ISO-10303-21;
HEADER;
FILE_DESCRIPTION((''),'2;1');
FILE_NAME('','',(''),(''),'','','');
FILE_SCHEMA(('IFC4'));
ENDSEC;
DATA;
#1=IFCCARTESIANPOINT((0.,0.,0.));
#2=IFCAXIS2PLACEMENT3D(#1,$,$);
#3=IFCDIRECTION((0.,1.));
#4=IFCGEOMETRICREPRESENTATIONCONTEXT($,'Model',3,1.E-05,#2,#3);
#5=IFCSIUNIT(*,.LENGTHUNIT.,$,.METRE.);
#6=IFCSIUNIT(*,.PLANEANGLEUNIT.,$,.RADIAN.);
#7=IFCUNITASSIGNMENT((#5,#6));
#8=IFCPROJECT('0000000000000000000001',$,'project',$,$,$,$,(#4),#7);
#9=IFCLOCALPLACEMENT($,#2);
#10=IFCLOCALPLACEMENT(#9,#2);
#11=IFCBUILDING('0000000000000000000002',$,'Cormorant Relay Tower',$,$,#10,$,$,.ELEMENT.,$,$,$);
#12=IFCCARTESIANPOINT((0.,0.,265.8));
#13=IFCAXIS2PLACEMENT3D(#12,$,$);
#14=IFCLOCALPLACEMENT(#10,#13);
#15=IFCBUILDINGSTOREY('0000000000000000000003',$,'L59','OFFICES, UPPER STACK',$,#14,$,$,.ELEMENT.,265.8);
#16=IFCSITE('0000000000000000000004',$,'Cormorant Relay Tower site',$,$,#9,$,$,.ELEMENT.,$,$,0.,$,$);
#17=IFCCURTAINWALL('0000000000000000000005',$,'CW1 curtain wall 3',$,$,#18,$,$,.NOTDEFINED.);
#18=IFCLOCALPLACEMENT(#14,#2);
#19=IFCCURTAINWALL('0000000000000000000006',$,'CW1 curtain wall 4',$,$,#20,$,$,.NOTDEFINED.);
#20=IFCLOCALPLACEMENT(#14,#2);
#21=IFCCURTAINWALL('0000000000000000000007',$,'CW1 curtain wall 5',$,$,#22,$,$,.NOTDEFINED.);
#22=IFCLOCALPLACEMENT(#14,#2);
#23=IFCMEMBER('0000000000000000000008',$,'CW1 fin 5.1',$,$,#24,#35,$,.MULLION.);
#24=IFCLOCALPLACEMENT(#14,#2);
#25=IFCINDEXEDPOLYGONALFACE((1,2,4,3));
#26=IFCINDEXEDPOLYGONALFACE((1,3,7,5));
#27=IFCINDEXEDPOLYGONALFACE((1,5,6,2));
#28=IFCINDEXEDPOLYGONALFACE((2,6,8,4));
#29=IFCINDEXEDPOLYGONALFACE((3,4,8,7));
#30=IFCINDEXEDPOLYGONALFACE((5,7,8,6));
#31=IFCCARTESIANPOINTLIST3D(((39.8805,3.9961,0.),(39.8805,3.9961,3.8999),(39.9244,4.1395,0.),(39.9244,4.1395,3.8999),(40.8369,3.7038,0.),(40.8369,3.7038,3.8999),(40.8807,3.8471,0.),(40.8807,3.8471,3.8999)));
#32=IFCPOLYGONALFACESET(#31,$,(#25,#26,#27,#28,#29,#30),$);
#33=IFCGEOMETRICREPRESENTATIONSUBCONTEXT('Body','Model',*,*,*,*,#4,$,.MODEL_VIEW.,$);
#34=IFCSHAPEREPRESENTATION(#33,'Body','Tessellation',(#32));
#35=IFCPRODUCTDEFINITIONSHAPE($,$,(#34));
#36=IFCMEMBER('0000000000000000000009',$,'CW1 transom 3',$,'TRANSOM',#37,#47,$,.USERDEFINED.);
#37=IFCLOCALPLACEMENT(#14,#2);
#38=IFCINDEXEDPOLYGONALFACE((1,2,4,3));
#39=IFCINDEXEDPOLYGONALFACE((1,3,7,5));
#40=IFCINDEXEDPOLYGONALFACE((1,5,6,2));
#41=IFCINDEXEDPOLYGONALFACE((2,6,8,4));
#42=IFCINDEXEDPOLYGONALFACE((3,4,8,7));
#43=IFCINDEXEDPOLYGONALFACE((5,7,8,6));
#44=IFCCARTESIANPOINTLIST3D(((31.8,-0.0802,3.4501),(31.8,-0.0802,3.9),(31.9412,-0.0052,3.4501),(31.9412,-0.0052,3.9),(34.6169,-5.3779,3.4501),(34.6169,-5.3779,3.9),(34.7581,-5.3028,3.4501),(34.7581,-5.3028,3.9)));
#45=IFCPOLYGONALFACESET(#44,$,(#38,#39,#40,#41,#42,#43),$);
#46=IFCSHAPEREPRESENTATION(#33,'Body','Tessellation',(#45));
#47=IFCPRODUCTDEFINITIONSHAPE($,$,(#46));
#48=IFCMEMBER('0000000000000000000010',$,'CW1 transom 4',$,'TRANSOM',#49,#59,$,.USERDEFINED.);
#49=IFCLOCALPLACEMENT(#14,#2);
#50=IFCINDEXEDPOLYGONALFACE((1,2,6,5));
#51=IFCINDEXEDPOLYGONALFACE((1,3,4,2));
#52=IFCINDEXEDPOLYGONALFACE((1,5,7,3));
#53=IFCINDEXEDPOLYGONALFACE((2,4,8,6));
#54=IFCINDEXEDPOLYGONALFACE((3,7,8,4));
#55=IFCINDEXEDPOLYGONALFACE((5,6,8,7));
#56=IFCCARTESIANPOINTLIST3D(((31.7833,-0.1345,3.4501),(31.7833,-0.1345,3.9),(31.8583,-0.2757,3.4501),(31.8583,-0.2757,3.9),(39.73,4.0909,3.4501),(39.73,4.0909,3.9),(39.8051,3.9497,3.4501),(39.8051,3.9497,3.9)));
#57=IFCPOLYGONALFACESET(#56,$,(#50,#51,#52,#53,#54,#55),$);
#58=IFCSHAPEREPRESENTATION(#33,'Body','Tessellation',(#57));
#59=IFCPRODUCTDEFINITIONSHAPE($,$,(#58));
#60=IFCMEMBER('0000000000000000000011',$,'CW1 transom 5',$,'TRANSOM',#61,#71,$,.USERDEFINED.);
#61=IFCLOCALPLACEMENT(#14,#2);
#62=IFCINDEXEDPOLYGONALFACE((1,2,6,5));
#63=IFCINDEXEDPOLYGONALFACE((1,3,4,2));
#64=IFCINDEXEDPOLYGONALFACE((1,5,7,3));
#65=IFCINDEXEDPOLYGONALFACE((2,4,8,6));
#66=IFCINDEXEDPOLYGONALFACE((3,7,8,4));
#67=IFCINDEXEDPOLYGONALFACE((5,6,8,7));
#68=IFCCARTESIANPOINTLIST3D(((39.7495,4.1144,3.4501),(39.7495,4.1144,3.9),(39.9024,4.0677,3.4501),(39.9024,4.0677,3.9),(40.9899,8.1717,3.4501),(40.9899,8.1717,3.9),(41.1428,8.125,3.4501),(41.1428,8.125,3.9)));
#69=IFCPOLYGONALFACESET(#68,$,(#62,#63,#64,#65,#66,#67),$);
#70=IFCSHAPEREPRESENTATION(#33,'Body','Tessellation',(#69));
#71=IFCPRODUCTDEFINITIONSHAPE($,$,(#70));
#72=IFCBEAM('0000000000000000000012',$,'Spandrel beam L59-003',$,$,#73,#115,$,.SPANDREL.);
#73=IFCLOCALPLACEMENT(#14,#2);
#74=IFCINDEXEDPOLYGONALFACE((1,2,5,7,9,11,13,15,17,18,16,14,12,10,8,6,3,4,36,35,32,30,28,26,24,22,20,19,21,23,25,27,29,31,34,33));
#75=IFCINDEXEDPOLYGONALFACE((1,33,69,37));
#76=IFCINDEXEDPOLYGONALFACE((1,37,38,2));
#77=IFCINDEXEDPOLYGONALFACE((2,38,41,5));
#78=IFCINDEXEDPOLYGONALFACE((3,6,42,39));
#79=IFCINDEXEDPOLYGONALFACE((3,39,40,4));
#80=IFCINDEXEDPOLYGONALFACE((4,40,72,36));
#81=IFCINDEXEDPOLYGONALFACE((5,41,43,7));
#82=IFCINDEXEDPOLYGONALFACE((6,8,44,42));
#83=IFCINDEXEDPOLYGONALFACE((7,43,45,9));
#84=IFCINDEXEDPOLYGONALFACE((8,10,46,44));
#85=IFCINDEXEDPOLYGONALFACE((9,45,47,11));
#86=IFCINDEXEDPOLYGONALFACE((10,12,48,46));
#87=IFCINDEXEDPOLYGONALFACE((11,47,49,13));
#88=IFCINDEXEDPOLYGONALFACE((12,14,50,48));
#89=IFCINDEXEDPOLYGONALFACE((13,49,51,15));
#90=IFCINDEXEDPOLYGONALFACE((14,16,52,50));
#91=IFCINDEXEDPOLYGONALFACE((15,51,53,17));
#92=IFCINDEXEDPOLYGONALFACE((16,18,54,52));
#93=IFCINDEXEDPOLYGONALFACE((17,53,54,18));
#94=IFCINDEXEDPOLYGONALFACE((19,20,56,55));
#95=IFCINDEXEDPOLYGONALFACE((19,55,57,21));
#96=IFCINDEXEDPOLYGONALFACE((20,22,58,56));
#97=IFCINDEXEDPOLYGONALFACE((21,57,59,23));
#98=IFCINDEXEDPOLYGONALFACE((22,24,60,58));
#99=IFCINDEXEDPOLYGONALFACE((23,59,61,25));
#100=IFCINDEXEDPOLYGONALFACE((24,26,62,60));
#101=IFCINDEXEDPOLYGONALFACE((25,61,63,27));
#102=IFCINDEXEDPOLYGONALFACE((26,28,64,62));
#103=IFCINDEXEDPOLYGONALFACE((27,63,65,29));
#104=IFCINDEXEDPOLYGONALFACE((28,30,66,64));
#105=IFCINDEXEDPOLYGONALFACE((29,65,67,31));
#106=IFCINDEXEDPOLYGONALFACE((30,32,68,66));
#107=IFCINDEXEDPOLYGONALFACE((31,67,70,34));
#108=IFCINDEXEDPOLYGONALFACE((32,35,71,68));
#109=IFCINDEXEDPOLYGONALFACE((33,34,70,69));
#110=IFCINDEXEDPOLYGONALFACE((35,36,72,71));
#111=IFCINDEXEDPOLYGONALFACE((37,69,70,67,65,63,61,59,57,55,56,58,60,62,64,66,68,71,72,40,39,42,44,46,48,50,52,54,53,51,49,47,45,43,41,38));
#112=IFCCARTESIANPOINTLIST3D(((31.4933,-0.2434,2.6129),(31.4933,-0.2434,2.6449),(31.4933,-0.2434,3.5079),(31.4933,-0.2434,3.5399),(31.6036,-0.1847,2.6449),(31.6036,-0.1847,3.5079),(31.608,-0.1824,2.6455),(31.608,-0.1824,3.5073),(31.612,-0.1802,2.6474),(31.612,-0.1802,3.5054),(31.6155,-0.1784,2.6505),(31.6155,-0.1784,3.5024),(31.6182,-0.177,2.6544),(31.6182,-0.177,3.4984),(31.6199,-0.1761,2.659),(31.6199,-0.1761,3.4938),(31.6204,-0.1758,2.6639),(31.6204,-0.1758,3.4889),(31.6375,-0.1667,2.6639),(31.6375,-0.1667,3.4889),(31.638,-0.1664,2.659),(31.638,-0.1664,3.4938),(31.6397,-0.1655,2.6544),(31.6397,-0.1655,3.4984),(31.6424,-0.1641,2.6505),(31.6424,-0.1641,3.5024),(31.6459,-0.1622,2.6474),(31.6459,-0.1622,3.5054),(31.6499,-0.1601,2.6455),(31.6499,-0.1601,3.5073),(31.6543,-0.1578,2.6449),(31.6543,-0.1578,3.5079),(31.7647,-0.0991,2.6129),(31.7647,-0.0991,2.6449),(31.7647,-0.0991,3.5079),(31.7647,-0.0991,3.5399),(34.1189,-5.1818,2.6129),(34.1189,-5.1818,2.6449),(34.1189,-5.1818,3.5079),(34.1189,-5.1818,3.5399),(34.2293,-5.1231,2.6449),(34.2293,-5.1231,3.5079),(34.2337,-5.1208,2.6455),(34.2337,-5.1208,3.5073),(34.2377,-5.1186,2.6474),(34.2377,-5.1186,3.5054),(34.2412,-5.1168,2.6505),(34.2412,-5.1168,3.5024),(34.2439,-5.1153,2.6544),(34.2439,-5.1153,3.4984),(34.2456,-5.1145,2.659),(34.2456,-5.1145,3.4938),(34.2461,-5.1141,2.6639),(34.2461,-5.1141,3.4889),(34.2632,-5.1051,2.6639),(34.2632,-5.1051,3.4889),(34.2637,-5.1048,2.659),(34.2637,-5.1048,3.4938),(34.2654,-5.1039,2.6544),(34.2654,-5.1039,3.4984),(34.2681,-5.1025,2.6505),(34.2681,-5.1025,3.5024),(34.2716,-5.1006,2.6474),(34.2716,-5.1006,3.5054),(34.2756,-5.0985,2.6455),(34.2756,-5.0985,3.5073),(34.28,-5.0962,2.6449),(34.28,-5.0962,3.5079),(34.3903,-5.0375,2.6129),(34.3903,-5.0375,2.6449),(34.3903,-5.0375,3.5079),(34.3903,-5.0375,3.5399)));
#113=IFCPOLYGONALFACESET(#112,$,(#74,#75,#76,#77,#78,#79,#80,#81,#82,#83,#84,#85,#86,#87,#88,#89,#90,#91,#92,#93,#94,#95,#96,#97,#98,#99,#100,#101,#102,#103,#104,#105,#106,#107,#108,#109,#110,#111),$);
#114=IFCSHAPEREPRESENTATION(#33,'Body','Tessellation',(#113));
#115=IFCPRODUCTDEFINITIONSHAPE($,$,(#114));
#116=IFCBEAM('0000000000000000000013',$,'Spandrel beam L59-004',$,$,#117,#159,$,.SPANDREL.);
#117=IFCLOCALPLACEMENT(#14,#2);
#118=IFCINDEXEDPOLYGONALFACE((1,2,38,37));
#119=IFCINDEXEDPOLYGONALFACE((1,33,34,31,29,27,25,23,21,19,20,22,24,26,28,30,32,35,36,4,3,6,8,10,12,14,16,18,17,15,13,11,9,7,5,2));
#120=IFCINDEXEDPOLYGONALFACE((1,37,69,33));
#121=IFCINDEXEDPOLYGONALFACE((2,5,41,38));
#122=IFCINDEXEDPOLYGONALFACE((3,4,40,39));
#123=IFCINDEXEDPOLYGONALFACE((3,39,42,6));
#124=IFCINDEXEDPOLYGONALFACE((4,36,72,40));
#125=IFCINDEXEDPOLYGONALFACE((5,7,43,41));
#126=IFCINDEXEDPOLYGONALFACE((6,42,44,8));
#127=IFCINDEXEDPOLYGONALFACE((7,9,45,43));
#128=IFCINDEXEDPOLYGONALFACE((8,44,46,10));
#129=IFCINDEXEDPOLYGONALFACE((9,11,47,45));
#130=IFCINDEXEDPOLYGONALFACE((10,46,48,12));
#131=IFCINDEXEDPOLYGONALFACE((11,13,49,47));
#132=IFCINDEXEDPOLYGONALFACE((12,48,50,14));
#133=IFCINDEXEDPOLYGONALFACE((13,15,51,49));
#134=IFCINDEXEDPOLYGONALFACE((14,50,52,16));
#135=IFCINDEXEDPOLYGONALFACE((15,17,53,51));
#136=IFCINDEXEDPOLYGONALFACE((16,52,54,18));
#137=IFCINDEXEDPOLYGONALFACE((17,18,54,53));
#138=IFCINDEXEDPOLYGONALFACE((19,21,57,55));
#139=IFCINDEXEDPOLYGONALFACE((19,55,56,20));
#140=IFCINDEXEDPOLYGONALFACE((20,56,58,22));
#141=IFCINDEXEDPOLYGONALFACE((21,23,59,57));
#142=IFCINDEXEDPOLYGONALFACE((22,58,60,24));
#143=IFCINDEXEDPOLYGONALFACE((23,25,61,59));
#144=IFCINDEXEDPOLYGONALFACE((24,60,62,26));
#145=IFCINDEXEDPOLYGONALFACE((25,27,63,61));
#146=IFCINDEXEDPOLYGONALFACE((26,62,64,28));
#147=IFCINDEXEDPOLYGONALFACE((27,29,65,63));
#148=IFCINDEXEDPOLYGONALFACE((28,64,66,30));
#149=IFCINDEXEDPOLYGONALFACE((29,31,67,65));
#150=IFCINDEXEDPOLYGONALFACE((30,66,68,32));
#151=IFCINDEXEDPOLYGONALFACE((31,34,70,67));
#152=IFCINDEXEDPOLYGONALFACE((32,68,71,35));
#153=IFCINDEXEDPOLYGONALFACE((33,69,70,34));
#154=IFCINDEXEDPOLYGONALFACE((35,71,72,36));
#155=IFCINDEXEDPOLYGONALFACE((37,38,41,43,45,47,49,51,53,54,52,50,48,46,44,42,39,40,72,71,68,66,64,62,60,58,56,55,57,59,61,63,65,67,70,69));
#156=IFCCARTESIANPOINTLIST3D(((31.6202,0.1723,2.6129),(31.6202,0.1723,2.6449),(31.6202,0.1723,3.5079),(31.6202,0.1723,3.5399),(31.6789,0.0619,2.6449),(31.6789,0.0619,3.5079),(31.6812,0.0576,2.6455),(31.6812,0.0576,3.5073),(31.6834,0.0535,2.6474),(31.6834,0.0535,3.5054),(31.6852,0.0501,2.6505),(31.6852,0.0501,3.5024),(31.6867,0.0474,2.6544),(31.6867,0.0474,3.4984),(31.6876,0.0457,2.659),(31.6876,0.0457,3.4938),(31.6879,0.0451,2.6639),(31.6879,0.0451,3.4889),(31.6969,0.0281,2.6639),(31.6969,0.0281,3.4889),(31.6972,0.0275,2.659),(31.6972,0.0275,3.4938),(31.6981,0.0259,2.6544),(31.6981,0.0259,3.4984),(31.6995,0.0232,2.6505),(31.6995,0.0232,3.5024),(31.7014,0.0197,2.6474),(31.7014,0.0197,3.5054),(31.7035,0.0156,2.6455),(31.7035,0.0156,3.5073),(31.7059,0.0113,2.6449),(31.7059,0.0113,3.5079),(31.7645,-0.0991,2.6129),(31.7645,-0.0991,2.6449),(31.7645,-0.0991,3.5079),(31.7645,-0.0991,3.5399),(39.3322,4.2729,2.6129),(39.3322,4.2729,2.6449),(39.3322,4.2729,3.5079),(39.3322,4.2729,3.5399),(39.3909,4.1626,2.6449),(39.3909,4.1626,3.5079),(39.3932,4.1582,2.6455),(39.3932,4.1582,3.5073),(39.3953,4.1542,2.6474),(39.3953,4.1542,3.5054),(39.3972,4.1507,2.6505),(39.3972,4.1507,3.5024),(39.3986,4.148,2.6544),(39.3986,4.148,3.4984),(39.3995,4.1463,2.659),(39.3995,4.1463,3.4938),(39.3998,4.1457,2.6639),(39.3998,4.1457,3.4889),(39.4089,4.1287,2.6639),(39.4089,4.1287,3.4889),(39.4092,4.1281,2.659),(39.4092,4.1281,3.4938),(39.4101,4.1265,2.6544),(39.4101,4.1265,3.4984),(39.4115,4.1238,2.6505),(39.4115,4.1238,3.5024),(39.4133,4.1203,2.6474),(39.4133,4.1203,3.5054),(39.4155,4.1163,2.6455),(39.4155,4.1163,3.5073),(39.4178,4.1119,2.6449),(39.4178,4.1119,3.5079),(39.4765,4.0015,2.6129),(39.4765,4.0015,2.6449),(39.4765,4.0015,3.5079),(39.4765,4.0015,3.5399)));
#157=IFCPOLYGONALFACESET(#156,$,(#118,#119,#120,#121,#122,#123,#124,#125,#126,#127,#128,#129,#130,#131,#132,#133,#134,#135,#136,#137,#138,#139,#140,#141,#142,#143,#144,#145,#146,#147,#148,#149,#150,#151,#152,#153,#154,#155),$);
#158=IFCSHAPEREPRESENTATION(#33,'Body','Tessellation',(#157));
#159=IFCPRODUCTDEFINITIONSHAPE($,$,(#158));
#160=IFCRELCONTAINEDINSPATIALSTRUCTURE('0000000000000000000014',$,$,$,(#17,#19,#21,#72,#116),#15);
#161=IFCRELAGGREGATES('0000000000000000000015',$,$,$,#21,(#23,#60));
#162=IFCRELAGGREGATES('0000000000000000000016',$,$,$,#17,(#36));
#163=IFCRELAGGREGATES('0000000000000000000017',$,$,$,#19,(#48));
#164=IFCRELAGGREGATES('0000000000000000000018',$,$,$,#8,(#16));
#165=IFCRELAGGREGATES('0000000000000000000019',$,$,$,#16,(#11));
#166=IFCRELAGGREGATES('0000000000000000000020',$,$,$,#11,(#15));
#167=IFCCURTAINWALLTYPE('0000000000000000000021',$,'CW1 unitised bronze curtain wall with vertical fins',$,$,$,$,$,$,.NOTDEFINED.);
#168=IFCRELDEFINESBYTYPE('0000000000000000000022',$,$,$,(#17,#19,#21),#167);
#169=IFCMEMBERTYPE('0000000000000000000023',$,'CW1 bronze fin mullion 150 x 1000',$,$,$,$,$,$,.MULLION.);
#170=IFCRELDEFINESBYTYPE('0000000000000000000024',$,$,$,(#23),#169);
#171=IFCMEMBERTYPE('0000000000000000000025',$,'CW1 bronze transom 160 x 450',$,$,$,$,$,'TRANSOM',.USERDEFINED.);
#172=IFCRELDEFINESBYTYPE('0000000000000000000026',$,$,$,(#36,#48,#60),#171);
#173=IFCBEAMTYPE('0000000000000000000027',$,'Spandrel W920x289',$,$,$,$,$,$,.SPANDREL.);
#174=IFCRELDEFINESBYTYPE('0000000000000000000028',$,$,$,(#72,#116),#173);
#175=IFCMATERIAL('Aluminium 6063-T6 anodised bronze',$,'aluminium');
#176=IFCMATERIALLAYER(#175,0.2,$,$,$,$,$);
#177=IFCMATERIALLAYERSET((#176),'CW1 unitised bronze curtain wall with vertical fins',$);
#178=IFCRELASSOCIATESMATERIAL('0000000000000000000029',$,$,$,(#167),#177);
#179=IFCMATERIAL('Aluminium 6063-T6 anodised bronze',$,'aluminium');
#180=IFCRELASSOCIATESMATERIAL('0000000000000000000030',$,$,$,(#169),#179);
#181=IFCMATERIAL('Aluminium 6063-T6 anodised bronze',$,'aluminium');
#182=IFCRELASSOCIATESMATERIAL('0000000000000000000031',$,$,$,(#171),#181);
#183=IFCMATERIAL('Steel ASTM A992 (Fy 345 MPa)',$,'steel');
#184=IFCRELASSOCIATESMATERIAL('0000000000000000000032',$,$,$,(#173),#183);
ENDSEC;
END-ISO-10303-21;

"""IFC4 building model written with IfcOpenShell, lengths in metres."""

from ifc_helpers import new_model, si_unit, direction, frame, origin, origin_2d, place, context, subcontext, project, spatial, rectangle, i_section, extrude, material, layer, layer_set, material_profile, profile_set, type_object, element, aggregate, save


model = new_model("IFC4")

# Units and contexts
model_context = context("Model", 3, precision=1e-05, world=origin(), true_north=direction((0.0, 1.0)))
body_context = subcontext(model_context, "Body", "Model", "MODEL_VIEW")
ifc_project = project(units=[si_unit("LENGTHUNIT", "METRE"), si_unit("PLANEANGLEUNIT", "RADIAN")], contexts=[model_context])

# Site, building, storey
site_placement = place(None, origin())
site = spatial("IfcSite", under=ifc_project, at=site_placement, Name="Cormorant Relay Tower site", CompositionType="ELEMENT", RefElevation=0.0)
building_placement = place(site_placement, origin())
building = spatial("IfcBuilding", under=site, at=building_placement, Name="Cormorant Relay Tower", CompositionType="ELEMENT")
storey_placement = place(building_placement, frame((0.0, 0.0, 265.8)))
storey = spatial("IfcBuildingStorey", under=building, at=storey_placement, Name="L59", Description="OFFICES, UPPER STACK", CompositionType="ELEMENT", Elevation=265.8)

# Curtain wall
ifc_material_1 = material(Name="Aluminium 6063-T6 anodised bronze", Category="aluminium")
ifc_layer_1 = layer(ifc_material_1, 0.2)
ifc_layer_set_1 = layer_set([ifc_layer_1], Name="CW1 unitised bronze curtain wall with vertical fins")
curtain_wall_type = type_object("IfcCurtainWallType", Name="CW1 unitised bronze curtain wall with vertical fins", PredefinedType="NOTDEFINED", material=ifc_layer_set_1)
ifc_material_2 = material(Name="Aluminium 6063-T6 anodised bronze", Category="aluminium")
ifc_material_profile_1 = material_profile(ifc_material_2, rectangle(XDim=0.1499, YDim=1.0, at=origin_2d()), Name="AL 150x1000")
ifc_profile_set_1 = profile_set([ifc_material_profile_1], Name="Aluminium 6063-T6 anodised bronze")
member_type_1 = type_object("IfcMemberType", Name="CW1 bronze fin mullion 150 x 1000", PredefinedType="MULLION", material=ifc_profile_set_1)
curtain_wall_1_placement = place(storey_placement, origin())
curtain_wall_1 = element("IfcCurtainWall", 1, at=curtain_wall_1_placement, inside=storey, type_object=curtain_wall_type, Name="CW1 curtain wall 3", PredefinedType="NOTDEFINED")

# Curtain wall
curtain_wall_2_placement = place(storey_placement, origin())
curtain_wall_2 = element("IfcCurtainWall", 2, at=curtain_wall_2_placement, inside=storey, type_object=curtain_wall_type, Name="CW1 curtain wall 4", PredefinedType="NOTDEFINED")

# Curtain wall, member
curtain_wall_3_placement = place(storey_placement, origin())
curtain_wall_3 = element("IfcCurtainWall", 3, at=curtain_wall_3_placement, inside=storey, type_object=curtain_wall_type, Name="CW1 curtain wall 5", PredefinedType="NOTDEFINED")
member_1_placement = place(storey_placement, frame((40.3806, 3.9216, 0.0), z_axis=(0.0, 0.0, 1.0), x_axis=(0.292372, 0.956305, 0.0)))
member_1 = element("IfcMember", 4, at=member_1_placement, type_object=member_type_1, Name="CW1 fin 5.1", PredefinedType="MULLION", context=body_context, shape_type="SweptSolid", body=[
    extrude(rectangle(XDim=0.1499, YDim=1.0, at=origin_2d()), origin(), (0.0, 0.0, 1.0), 3.8999),
])

# Members
ifc_material_3 = material(Name="Aluminium 6063-T6 anodised bronze", Category="aluminium")
ifc_material_profile_2 = material_profile(ifc_material_3, rectangle(XDim=0.1599, YDim=0.45, at=origin_2d()), Name="AL 160x450")
ifc_profile_set_2 = profile_set([ifc_material_profile_2], Name="Aluminium 6063-T6 anodised bronze")
member_type_2 = type_object("IfcMemberType", Name="CW1 bronze transom 160 x 450", ElementType="TRANSOM", PredefinedType="USERDEFINED", material=ifc_profile_set_2)
member_2_placement = place(storey_placement, frame((34.6875, -5.3403, 3.675), z_axis=(-0.469485, 0.88294, 0.0), x_axis=(-0.88294, -0.469485, 0.0)))
member_2 = element("IfcMember", 5, at=member_2_placement, type_object=member_type_2, Name="CW1 transom 3", ObjectType="TRANSOM", PredefinedType="USERDEFINED", context=body_context, shape_type="SweptSolid", body=[
    extrude(rectangle(XDim=0.1599, YDim=0.45, at=origin_2d()), origin(), (0.0, 0.0, 1.0), 6.0),
])
member_3_placement = place(storey_placement, frame((31.8208, -0.2051, 3.675), z_axis=(0.882949, 0.469469, 0.0), x_axis=(-0.469469, 0.882949, 0.0)))
member_3 = element("IfcMember", 6, at=member_3_placement, type_object=member_type_2, Name="CW1 transom 4", ObjectType="TRANSOM", PredefinedType="USERDEFINED", context=body_context, shape_type="SweptSolid", body=[
    extrude(rectangle(XDim=0.1599, YDim=0.45, at=origin_2d()), origin(), (0.0, 0.0, 1.0), 9.0002),
])
member_4_placement = place(storey_placement, frame((39.8259, 4.0911, 3.675), z_axis=(0.292375, 0.956304, 0.0), x_axis=(-0.956304, 0.292375, 0.0)))
member_4 = element("IfcMember", 7, at=member_4_placement, type_object=member_type_2, Name="CW1 transom 5", ObjectType="TRANSOM", PredefinedType="USERDEFINED", context=body_context, shape_type="SweptSolid", body=[
    extrude(rectangle(XDim=0.1599, YDim=0.45, at=origin_2d()), origin(), (0.0, 0.0, 1.0), 4.2427),
])
aggregate(curtain_wall_3, [member_1, member_4])

# Beams
ifc_material_4 = material(Name="Steel ASTM A992 (Fy 345 MPa)", Category="steel")
ifc_material_profile_3 = material_profile(ifc_material_4, i_section(OverallWidth=0.3074, OverallDepth=0.927, WebThickness=0.0193, FlangeThickness=0.032, FilletRadius=0.019, at=origin_2d()), Name="W920x289")
ifc_profile_set_3 = profile_set([ifc_material_profile_3], Name="Steel ASTM A992 (Fy 345 MPa)")
beam_type = type_object("IfcBeamType", Name="Spandrel W920x289", PredefinedType="SPANDREL", material=ifc_profile_set_3)
beam_1_placement = place(storey_placement, frame((34.2546, -5.1096, 3.0764), z_axis=(-0.469457, 0.882955, 0.0), x_axis=(-0.882955, -0.469457, 0.0)))
element("IfcBeam", 8, at=beam_1_placement, inside=storey, type_object=beam_type, Name="Spandrel beam L59-003", PredefinedType="SPANDREL", context=body_context, shape_type="SweptSolid", body=[
    extrude(i_section(OverallWidth=0.3074, OverallDepth=0.927, WebThickness=0.0193, FlangeThickness=0.032, FilletRadius=0.019, at=origin_2d()), origin(), (0.0, 0.0, 1.0), 5.593),
])
beam_2_placement = place(storey_placement, frame((31.6924, 0.0366, 3.0764), z_axis=(0.882943, 0.469479, 0.0), x_axis=(-0.469479, 0.882943, 0.0)))
element("IfcBeam", 9, at=beam_2_placement, inside=storey, type_object=beam_type, Name="Spandrel beam L59-004", PredefinedType="SPANDREL", context=body_context, shape_type="SweptSolid", body=[
    extrude(i_section(OverallWidth=0.3074, OverallDepth=0.927, WebThickness=0.0193, FlangeThickness=0.032, FilletRadius=0.019, at=origin_2d()), origin(), (0.0, 0.0, 1.0), 8.7344),
])

aggregate(curtain_wall_1, [member_2])

aggregate(curtain_wall_2, [member_3])

save(model, "model.ifc")
